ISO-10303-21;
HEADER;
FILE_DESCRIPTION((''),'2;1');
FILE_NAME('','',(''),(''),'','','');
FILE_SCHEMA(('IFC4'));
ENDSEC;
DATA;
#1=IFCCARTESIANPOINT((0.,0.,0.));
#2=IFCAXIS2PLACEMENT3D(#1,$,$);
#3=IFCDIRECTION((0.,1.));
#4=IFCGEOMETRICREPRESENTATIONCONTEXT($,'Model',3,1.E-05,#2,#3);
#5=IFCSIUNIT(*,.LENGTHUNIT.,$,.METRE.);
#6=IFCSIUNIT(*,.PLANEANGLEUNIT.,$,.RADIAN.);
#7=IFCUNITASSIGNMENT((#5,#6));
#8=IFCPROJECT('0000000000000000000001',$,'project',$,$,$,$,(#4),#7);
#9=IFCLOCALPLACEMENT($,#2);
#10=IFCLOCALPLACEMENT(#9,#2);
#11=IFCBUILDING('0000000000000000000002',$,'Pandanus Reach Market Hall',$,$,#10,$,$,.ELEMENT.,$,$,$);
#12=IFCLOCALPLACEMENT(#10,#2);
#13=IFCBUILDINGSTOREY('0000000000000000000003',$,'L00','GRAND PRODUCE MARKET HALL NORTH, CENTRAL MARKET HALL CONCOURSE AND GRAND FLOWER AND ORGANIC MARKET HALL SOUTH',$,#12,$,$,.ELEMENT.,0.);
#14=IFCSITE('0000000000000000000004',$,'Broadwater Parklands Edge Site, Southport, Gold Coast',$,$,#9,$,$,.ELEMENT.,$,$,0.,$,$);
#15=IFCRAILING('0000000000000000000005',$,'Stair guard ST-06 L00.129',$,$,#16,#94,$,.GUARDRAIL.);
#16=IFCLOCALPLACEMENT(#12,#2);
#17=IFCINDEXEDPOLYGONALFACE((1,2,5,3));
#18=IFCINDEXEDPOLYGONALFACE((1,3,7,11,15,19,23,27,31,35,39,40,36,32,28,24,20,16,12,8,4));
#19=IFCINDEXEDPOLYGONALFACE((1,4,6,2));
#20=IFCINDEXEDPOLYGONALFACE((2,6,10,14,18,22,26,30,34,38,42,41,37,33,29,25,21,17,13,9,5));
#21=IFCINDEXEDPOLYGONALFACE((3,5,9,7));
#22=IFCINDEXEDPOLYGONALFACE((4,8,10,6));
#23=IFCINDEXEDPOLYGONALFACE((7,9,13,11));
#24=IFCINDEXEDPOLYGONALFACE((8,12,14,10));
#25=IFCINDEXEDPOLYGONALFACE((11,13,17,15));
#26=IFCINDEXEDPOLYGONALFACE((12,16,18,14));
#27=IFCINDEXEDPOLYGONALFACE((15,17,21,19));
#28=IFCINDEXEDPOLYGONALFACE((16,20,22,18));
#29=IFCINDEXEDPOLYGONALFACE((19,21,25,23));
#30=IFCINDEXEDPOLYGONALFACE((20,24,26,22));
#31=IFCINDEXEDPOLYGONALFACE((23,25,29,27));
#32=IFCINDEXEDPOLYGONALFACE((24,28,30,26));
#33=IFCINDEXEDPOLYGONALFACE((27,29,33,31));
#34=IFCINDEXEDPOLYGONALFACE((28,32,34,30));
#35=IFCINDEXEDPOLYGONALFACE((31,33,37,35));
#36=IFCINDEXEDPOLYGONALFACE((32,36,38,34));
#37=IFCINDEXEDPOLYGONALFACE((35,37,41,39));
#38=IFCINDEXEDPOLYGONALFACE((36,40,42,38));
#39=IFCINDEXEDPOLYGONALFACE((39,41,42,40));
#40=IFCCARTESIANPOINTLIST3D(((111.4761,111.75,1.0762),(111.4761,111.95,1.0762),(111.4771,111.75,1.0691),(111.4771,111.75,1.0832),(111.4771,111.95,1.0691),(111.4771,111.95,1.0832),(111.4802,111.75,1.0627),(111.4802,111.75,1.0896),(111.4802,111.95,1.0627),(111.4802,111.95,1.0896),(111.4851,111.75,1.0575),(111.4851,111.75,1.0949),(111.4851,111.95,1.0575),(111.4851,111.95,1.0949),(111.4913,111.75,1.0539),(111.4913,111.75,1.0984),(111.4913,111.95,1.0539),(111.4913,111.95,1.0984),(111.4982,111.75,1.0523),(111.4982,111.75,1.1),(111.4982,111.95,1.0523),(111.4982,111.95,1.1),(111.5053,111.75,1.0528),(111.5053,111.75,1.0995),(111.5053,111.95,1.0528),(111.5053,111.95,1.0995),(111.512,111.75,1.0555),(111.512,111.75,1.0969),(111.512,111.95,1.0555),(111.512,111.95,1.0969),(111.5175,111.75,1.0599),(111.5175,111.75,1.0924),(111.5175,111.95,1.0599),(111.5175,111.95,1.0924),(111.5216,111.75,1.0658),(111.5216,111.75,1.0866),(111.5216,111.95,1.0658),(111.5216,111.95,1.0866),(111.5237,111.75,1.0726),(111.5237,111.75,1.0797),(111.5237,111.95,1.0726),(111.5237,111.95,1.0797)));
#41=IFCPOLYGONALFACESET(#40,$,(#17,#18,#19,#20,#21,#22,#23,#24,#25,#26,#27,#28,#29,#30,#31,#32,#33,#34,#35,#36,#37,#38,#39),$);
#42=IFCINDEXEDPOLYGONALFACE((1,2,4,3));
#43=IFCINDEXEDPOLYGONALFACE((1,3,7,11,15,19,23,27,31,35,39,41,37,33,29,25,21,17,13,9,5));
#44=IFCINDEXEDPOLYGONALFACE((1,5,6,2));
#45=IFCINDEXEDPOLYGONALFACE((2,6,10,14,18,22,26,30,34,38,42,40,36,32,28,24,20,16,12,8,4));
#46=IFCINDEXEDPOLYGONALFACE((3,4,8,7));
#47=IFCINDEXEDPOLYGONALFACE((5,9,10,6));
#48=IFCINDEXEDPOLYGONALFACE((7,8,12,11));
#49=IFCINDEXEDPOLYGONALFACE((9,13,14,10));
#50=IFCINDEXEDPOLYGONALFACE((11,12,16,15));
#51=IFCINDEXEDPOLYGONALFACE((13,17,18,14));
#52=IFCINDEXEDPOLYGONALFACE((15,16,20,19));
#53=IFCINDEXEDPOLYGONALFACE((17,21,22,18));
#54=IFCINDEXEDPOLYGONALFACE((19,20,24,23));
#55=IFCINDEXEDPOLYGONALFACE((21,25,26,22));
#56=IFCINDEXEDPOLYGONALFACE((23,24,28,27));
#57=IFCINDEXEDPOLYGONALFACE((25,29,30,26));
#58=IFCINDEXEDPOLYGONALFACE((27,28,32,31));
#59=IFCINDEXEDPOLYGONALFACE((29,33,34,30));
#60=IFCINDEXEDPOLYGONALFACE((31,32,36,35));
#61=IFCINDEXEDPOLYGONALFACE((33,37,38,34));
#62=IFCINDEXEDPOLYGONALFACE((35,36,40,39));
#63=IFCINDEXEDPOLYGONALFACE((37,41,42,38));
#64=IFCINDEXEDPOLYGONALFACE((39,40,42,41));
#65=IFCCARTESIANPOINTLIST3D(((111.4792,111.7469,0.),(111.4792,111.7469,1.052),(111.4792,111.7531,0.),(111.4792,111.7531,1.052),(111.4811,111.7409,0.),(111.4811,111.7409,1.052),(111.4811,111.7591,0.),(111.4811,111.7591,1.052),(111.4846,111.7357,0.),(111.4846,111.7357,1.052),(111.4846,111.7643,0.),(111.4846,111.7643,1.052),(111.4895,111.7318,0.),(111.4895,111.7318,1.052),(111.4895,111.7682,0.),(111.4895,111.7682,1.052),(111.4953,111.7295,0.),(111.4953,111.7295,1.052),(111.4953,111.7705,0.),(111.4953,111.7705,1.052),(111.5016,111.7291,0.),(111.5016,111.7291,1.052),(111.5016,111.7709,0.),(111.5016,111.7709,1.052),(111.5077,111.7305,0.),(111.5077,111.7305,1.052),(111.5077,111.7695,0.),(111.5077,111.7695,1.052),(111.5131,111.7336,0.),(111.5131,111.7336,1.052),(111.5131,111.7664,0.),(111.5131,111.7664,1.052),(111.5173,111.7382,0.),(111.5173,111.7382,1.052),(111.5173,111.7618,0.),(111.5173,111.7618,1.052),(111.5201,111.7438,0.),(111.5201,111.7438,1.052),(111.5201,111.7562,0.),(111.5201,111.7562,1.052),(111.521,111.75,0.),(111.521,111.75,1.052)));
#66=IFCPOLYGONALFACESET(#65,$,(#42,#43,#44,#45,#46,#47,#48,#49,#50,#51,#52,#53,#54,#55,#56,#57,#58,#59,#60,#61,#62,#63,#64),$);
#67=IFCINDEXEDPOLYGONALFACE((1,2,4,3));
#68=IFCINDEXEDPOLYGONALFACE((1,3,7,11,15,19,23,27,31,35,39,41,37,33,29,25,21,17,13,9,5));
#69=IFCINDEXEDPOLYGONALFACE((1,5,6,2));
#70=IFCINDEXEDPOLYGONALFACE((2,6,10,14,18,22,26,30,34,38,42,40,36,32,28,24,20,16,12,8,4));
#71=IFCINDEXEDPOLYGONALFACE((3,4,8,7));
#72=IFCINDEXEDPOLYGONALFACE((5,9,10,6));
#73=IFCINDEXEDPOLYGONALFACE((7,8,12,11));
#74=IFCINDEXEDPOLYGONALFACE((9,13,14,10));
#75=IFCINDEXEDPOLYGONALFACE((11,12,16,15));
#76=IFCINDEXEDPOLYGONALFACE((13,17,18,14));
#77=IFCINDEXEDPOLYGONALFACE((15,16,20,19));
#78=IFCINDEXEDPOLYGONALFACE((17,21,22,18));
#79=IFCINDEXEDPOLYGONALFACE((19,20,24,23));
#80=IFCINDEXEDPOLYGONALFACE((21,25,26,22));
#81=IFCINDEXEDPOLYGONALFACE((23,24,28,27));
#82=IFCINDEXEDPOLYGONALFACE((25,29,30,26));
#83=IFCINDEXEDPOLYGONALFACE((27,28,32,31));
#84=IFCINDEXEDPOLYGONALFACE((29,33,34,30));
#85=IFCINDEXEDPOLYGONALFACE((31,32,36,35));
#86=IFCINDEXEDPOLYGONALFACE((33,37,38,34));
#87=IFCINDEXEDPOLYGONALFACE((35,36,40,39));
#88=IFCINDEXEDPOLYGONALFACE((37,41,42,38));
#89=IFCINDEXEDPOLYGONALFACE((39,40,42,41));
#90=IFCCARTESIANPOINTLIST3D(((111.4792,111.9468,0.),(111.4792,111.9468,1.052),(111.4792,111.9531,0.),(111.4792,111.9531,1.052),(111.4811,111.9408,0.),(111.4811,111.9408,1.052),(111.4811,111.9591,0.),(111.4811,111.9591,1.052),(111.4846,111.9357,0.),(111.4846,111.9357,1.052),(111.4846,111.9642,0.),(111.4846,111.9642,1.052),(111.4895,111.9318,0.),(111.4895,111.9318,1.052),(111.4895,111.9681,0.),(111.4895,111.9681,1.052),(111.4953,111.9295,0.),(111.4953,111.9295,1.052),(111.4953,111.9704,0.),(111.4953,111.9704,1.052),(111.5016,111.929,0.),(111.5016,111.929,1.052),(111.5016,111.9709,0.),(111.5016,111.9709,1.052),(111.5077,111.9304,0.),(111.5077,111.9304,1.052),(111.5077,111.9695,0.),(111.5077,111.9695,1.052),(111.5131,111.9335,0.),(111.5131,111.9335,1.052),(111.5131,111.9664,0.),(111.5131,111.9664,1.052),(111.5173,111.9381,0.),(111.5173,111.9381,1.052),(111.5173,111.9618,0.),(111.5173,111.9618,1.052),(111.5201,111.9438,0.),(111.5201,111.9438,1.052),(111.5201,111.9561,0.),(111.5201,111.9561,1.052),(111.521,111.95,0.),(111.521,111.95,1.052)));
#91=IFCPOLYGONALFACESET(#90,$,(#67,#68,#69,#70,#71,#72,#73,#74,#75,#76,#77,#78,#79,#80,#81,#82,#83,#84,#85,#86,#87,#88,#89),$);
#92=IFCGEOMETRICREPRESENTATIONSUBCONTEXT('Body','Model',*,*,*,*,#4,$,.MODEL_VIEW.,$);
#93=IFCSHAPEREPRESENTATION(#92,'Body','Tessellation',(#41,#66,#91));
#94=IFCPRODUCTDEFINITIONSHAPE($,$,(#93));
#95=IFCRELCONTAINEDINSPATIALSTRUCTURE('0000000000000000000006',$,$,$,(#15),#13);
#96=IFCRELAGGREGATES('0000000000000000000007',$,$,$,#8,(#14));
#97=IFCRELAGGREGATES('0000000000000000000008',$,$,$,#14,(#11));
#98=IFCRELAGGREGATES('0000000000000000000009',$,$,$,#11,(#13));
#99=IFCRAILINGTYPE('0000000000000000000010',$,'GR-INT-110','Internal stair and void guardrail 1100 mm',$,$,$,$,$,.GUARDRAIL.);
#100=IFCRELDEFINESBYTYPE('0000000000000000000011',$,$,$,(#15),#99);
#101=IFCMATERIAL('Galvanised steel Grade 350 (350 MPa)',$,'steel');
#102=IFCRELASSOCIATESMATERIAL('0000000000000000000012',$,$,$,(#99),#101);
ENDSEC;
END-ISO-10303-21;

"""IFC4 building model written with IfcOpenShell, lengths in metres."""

from ifc_helpers import new_model, si_unit, direction, frame, origin, origin_2d, place, context, subcontext, project, spatial, circle, extrude, material, type_object, element, save


model = new_model("IFC4")

# Units and contexts
model_context = context("Model", 3, precision=1e-05, world=origin(), true_north=direction((0.0, 1.0)))
body_context = subcontext(model_context, "Body", "Model", "MODEL_VIEW")
ifc_project = project(units=[si_unit("LENGTHUNIT", "METRE"), si_unit("PLANEANGLEUNIT", "RADIAN")], contexts=[model_context])

# Site, building, storey
site_placement = place(None, origin())
site = spatial("IfcSite", under=ifc_project, at=site_placement, Name="Broadwater Parklands Edge Site, Southport, Gold Coast", CompositionType="ELEMENT", RefElevation=0.0)
building_placement = place(site_placement, origin())
building = spatial("IfcBuilding", under=site, at=building_placement, Name="Pandanus Reach Market Hall", CompositionType="ELEMENT")
storey_placement = place(building_placement, origin())
storey = spatial("IfcBuildingStorey", under=building, at=storey_placement, Name="L00", Description="GRAND PRODUCE MARKET HALL NORTH, CENTRAL MARKET HALL CONCOURSE AND GRAND FLOWER AND ORGANIC MARKET HALL SOUTH", CompositionType="ELEMENT", Elevation=0.0)

# Railing
ifc_material_1 = material(Name="Galvanised steel Grade 350 (350 MPa)", Category="steel")
railing_type_1 = type_object("IfcRailingType", Name="GR-INT-110", Description="Internal stair and void guardrail 1100 mm", PredefinedType="GUARDRAIL", material=ifc_material_1)
railing_1_placement = place(storey_placement, frame((111.5, 111.75, 0.0)))
element("IfcRailing", 1, at=railing_1_placement, inside=storey, type_object=railing_type_1, Name="Stair guard ST-06 L00.129", PredefinedType="GUARDRAIL", context=body_context, shape_type="SweptSolid", body=[
    extrude(circle(Radius=0.0239, at=origin_2d()), frame((0.0, 0.0, 1.0762), z_axis=(0.0, 1.0, 0.0), x_axis=(-1.0, 0.0, 0.0)), (0.0, 0.0, 1.0), 0.2),
    extrude(circle(Radius=0.021, at=origin_2d()), origin(), (0.0, 0.0, 1.0), 1.052),
    extrude(circle(Radius=0.021, at=origin_2d()), frame((0.0, 0.2, 0.0)), (0.0, 0.0, 1.0), 1.052),
])

save(model, "model.ifc")
